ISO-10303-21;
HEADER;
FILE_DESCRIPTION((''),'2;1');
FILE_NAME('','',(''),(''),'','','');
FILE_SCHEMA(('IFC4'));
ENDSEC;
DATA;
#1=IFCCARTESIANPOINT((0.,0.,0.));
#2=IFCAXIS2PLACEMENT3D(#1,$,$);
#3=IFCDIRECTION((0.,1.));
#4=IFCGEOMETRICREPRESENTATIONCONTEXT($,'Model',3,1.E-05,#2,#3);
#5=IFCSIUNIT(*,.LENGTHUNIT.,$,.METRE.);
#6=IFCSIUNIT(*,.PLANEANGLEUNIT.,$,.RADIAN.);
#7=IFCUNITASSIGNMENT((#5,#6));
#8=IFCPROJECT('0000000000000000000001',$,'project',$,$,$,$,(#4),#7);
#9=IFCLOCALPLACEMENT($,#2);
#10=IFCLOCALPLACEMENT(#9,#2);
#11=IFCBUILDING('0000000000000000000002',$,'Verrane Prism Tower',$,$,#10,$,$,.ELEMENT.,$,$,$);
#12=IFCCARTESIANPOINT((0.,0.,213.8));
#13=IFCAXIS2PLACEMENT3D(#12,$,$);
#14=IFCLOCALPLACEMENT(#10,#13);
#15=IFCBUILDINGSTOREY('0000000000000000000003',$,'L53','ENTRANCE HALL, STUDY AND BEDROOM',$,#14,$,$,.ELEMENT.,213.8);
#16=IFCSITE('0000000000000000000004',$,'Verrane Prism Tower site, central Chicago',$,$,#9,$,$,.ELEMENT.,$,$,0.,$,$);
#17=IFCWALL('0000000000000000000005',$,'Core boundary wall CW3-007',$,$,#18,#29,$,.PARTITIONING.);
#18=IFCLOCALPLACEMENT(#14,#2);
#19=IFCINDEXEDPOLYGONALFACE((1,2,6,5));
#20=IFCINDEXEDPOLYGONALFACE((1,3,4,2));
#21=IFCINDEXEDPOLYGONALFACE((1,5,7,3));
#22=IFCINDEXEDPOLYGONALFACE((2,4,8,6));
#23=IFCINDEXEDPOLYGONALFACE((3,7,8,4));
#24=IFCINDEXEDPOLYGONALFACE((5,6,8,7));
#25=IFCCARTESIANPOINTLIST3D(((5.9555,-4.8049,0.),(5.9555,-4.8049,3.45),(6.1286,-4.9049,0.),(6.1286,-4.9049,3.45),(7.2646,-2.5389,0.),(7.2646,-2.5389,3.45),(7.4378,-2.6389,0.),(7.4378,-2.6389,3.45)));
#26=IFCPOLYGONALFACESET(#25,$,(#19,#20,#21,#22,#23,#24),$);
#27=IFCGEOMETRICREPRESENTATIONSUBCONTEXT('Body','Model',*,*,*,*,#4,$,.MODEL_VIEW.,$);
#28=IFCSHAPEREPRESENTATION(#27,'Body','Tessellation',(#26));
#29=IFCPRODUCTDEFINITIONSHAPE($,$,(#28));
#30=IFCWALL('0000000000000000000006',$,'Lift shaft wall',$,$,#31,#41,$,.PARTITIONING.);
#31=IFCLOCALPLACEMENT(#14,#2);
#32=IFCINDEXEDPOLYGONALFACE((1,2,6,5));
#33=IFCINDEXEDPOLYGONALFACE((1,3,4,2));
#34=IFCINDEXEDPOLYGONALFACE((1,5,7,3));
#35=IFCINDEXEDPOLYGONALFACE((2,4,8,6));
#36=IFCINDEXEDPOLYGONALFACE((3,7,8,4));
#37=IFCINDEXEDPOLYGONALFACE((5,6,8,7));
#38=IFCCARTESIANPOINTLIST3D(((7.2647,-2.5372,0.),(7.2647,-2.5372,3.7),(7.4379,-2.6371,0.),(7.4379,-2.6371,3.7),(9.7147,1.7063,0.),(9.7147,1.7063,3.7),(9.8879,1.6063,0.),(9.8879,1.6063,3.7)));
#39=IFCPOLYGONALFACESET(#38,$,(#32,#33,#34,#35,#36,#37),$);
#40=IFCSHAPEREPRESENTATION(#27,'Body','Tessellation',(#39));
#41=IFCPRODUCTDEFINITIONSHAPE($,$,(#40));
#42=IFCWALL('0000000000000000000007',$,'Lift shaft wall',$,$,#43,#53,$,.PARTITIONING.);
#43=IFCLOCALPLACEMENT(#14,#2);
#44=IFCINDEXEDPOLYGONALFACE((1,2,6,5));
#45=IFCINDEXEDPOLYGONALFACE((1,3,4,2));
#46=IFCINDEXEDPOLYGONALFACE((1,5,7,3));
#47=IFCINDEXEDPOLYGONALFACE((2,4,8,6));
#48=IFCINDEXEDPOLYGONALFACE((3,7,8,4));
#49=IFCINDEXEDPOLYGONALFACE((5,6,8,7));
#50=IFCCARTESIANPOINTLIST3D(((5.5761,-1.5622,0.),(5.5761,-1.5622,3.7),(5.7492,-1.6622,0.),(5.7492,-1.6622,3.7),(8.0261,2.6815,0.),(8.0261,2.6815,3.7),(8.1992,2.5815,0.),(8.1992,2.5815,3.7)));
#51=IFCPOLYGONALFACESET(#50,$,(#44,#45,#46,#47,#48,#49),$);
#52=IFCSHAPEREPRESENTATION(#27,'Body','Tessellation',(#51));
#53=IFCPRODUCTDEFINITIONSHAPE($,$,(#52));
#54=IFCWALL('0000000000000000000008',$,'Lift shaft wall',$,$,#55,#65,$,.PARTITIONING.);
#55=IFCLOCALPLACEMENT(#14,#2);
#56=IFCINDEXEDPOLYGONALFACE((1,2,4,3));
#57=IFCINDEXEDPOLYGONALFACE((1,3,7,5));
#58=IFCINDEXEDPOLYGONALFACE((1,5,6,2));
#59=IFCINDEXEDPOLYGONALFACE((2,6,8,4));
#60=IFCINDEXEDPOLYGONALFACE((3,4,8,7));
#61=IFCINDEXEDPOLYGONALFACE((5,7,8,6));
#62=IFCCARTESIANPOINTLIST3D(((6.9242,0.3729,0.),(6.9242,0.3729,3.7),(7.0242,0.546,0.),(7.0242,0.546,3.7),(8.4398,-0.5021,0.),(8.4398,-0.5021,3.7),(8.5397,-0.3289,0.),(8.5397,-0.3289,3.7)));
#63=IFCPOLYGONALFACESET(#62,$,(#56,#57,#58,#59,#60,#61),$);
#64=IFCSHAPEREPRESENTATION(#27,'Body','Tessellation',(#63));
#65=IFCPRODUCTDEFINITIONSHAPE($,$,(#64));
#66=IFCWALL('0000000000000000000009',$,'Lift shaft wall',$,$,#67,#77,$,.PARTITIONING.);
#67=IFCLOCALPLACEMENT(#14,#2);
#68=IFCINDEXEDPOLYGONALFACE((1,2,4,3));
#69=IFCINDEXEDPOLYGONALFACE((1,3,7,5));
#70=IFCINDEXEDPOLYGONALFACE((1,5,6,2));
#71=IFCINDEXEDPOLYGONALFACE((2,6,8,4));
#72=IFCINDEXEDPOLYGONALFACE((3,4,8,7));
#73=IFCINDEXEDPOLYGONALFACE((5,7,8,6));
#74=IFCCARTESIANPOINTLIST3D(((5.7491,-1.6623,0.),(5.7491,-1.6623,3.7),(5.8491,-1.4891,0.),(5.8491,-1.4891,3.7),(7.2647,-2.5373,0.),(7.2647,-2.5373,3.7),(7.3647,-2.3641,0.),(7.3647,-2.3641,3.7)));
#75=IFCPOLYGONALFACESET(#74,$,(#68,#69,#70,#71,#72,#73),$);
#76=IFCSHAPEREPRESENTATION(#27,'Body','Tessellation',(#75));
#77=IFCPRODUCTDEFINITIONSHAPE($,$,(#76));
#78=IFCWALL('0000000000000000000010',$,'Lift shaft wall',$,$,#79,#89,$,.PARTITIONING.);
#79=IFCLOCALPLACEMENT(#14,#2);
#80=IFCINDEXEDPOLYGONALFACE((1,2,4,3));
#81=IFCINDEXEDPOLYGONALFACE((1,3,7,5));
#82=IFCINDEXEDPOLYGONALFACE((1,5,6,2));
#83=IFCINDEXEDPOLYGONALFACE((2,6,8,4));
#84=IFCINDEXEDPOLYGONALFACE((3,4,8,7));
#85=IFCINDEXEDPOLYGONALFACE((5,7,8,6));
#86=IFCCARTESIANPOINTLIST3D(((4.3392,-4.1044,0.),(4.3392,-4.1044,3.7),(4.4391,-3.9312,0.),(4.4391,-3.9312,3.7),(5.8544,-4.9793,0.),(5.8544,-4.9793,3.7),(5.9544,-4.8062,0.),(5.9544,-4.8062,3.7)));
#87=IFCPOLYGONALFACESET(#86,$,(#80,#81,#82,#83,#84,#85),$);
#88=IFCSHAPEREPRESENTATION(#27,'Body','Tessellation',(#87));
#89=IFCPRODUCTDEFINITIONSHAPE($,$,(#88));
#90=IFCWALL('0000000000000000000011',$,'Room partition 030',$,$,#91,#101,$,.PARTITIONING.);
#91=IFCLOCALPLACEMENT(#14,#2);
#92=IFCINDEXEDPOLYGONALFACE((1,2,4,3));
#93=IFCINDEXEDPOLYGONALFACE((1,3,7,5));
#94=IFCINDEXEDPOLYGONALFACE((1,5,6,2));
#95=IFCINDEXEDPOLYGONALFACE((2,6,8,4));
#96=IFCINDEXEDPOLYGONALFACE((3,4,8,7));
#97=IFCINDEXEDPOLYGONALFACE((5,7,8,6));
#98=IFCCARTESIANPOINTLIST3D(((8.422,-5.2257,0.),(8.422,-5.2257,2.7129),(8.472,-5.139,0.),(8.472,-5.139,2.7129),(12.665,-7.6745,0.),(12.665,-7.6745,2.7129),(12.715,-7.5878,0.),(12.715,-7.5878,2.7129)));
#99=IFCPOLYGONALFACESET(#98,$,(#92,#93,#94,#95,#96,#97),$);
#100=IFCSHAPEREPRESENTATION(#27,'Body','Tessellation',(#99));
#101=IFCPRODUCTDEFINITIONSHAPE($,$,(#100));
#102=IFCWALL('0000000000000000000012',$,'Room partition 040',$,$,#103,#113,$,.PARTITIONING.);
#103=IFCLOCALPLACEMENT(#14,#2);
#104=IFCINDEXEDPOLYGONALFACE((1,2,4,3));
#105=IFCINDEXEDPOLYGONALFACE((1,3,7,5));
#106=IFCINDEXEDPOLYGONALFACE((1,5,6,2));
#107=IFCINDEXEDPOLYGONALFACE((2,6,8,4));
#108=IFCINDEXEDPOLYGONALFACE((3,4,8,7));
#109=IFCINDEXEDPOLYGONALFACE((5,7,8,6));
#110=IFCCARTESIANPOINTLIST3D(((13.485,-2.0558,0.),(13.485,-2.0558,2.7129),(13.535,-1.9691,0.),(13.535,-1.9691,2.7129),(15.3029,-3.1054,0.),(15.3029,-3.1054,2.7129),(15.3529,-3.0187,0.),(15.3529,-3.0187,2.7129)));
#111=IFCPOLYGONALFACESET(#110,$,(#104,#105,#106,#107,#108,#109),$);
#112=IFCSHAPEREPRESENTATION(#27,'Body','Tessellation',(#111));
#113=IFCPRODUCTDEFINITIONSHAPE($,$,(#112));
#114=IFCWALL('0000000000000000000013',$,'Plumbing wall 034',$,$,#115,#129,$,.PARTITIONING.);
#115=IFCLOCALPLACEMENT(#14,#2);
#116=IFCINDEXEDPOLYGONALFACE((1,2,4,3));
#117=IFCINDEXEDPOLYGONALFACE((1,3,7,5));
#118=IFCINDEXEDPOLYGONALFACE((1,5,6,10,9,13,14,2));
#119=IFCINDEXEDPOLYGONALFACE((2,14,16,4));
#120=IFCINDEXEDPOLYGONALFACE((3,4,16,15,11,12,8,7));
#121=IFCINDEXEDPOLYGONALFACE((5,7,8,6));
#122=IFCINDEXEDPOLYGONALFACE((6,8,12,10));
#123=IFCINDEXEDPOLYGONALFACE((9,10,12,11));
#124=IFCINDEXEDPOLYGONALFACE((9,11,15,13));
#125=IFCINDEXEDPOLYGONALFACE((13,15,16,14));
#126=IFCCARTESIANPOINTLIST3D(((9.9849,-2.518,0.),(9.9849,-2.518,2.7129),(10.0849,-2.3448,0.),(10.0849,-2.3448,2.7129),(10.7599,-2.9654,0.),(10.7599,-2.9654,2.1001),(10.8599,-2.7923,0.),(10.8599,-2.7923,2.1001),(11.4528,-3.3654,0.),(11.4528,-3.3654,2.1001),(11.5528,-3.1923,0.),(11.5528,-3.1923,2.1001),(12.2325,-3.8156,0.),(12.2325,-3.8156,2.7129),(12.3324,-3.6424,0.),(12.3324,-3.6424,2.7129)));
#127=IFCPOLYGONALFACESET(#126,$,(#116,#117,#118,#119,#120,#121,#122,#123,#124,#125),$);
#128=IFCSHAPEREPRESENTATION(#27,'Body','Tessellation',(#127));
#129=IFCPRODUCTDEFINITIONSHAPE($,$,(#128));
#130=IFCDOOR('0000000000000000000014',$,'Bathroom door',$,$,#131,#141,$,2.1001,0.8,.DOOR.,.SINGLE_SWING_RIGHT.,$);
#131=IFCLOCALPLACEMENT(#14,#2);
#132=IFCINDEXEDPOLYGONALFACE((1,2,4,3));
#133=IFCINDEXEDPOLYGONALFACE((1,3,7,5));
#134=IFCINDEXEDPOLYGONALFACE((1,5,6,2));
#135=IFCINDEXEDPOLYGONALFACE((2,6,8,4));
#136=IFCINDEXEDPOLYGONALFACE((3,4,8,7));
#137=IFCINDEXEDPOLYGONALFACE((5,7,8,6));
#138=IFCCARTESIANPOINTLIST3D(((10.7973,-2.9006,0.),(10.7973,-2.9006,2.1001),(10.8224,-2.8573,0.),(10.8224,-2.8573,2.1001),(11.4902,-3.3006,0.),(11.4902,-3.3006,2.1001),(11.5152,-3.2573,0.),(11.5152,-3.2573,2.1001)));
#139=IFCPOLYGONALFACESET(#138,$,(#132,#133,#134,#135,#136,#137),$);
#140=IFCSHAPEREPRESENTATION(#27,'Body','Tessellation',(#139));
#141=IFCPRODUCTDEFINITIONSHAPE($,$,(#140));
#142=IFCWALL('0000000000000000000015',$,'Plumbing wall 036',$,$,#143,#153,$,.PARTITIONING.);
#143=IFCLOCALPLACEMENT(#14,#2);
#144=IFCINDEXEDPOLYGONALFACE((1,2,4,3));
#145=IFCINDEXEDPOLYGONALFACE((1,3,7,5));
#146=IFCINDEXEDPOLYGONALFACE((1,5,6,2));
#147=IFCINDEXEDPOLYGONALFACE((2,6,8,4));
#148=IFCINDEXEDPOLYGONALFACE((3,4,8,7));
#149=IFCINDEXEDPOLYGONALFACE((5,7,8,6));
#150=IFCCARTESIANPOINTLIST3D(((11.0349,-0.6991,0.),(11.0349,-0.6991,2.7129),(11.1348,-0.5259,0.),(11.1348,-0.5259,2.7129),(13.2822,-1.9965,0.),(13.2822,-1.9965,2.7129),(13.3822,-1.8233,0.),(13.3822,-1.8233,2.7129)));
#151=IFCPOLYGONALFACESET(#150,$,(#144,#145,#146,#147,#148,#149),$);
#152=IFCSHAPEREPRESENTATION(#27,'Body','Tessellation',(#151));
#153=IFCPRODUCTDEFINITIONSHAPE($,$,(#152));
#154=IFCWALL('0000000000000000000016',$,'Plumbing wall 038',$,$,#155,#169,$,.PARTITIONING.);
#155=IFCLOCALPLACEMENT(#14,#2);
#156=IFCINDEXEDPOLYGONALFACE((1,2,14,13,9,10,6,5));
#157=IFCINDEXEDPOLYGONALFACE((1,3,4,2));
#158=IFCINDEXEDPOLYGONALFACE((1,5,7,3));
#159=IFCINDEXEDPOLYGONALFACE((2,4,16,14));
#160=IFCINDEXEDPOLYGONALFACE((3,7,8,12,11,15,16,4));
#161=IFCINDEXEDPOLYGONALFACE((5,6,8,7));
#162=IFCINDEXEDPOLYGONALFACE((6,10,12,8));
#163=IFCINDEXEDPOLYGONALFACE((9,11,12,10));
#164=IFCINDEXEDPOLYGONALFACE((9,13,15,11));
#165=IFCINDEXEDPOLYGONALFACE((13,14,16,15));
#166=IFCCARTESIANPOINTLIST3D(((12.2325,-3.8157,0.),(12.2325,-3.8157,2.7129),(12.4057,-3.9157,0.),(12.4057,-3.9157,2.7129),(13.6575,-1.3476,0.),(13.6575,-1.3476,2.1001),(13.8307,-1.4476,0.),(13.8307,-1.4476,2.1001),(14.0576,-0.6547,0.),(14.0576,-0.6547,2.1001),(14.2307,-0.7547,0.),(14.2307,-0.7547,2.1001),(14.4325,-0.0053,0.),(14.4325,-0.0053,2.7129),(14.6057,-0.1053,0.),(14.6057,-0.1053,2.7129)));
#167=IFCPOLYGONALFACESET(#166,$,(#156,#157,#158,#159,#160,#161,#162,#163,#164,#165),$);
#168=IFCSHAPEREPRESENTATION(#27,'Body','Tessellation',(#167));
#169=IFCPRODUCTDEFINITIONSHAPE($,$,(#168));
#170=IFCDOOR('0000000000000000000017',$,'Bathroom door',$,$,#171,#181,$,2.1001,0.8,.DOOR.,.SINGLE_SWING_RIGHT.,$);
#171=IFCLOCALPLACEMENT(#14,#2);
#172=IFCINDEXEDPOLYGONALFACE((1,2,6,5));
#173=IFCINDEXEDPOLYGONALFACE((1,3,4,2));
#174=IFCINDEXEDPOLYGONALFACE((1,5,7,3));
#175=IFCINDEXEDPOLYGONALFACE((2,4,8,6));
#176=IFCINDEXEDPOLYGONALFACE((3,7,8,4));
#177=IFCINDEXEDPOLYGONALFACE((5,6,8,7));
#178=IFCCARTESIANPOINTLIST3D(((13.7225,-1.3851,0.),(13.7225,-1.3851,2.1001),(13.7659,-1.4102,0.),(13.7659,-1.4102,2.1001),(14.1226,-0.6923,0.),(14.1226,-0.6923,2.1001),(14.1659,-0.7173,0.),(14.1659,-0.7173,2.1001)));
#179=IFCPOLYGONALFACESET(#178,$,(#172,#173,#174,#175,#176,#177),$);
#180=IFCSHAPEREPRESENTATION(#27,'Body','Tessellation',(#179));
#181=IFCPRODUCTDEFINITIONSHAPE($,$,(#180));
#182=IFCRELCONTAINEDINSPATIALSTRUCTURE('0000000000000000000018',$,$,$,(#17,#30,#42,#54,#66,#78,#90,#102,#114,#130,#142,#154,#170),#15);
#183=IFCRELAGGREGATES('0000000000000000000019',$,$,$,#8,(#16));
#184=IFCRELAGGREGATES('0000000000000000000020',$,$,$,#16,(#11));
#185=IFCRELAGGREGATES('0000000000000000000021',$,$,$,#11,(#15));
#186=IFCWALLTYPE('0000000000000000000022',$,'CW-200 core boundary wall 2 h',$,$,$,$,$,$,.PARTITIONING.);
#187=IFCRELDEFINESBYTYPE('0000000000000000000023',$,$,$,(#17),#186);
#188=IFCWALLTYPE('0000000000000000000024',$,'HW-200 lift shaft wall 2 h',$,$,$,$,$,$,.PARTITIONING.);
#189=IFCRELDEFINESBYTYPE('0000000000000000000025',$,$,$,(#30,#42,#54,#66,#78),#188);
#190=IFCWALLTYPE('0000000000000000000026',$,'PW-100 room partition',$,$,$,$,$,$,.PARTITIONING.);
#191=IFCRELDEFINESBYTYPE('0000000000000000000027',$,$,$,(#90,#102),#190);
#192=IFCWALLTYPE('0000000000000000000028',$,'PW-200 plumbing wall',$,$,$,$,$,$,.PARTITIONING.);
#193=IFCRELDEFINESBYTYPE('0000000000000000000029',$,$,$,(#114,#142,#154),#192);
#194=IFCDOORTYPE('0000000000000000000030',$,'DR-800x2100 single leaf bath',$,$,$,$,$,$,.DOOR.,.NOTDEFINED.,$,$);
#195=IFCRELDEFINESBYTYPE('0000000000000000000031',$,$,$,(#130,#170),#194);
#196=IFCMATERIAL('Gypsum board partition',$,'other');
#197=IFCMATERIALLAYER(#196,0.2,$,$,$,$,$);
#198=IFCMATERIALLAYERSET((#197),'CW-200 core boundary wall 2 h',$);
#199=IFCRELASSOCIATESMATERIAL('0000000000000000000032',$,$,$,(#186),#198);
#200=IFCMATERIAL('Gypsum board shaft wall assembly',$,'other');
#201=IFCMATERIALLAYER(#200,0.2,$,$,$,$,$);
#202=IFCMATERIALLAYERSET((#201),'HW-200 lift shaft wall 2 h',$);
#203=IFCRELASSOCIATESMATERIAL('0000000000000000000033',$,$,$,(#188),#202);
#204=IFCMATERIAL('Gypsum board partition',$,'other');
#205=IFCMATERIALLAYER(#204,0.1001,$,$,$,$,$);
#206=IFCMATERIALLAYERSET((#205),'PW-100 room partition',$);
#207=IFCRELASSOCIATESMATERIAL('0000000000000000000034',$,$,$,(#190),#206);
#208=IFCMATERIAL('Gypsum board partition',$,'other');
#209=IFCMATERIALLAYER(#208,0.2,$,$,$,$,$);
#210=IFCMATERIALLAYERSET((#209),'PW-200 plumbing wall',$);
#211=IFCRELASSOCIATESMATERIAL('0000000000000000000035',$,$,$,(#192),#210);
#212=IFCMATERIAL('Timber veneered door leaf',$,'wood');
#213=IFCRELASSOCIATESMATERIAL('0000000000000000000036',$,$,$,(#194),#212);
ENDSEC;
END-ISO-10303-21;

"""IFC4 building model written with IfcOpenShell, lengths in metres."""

from ifc_helpers import new_model, si_unit, direction, frame, frame_2d, origin, place, context, subcontext, project, spatial, rectangle, extrude, material, layer, layer_set, type_object, element, fill, save


model = new_model("IFC4")

# Units and contexts
model_context = context("Model", 3, precision=1e-05, world=origin(), true_north=direction((0.0, 1.0)))
body_context = subcontext(model_context, "Body", "Model", "MODEL_VIEW")
ifc_project = project(units=[si_unit("LENGTHUNIT", "METRE"), si_unit("PLANEANGLEUNIT", "RADIAN")], contexts=[model_context])

# Site, building, storey
site_placement = place(None, origin())
site = spatial("IfcSite", under=ifc_project, at=site_placement, Name="Verrane Prism Tower site, central Chicago", CompositionType="ELEMENT", RefElevation=0.0)
building_placement = place(site_placement, origin())
building = spatial("IfcBuilding", under=site, at=building_placement, Name="Verrane Prism Tower", CompositionType="ELEMENT")
storey_placement = place(building_placement, frame((0.0, 0.0, 213.8)))
storey = spatial("IfcBuildingStorey", under=building, at=storey_placement, Name="L53", Description="ENTRANCE HALL, STUDY AND BEDROOM", CompositionType="ELEMENT", Elevation=213.8)

# Walls
ifc_material_1 = material(Name="Gypsum board partition", Category="other")
ifc_layer_1 = layer(ifc_material_1, 0.2)
ifc_layer_set_1 = layer_set([ifc_layer_1], Name="CW-200 core boundary wall 2 h")
wall_type_1 = type_object("IfcWallType", Name="CW-200 core boundary wall 2 h", PredefinedType="PARTITIONING", material=ifc_layer_set_1)
wall_1_placement = place(storey_placement, frame((6.042, -4.855, 0.0), z_axis=(0.0, 0.0, 1.0), x_axis=(0.500253, 0.865879, 0.0)))
element("IfcWall", 1, at=wall_1_placement, inside=storey, type_object=wall_type_1, Name="Core boundary wall CW3-007", PredefinedType="PARTITIONING", context=body_context, shape_type="SweptSolid", body=[
    extrude(rectangle(XDim=2.6169, YDim=0.2, at=frame_2d((1.3086, 0.0))), origin(), (0.0, 0.0, 1.0), 3.45),
])
ifc_material_2 = material(Name="Gypsum board shaft wall assembly", Category="other")
ifc_layer_2 = layer(ifc_material_2, 0.2)
ifc_layer_set_2 = layer_set([ifc_layer_2], Name="HW-200 lift shaft wall 2 h")
wall_type_2 = type_object("IfcWallType", Name="HW-200 lift shaft wall 2 h", PredefinedType="PARTITIONING", material=ifc_layer_set_2)
wall_2_placement = place(storey_placement, frame((7.3513, -2.5872, 0.0), z_axis=(0.0, 0.0, 1.0), x_axis=(0.500003, 0.866024, 0.0)))
element("IfcWall", 2, at=wall_2_placement, inside=storey, type_object=wall_type_2, Name="Lift shaft wall", PredefinedType="PARTITIONING", context=body_context, shape_type="SweptSolid", body=[
    extrude(rectangle(XDim=4.8999, YDim=0.2, at=frame_2d((2.45, 0.0))), origin(), (0.0, 0.0, 1.0), 3.7),
])
wall_3_placement = place(storey_placement, frame((5.6626, -1.6123, 0.0), z_axis=(0.0, 0.0, 1.0), x_axis=(0.499981, 0.866036, 0.0)))
element("IfcWall", 3, at=wall_3_placement, inside=storey, type_object=wall_type_2, Name="Lift shaft wall", PredefinedType="PARTITIONING", context=body_context, shape_type="SweptSolid", body=[
    extrude(rectangle(XDim=4.9001, YDim=0.2, at=frame_2d((2.4502, 0.0))), origin(), (0.0, 0.0, 1.0), 3.7),
])
for number, where, z_axis, x_axis, name in (
    (4, (8.4897, -0.4155, 0.0), (0.0, 0.0, 1.0), (-0.866037, 0.49998, 0.0), "Lift shaft wall"),
    (5, (7.3147, -2.4507, 0.0), (0.0, 0.0, 1.0), (-0.866037, 0.49998, 0.0), "Lift shaft wall"),
):
    element("IfcWall", number, at=place(storey_placement, frame(where, z_axis=z_axis, x_axis=x_axis)), inside=storey, type_object=wall_type_2, Name=name, PredefinedType="PARTITIONING", context=body_context, shape_type="SweptSolid", body=[
        extrude(rectangle(XDim=1.75, YDim=0.2, at=frame_2d((0.875, 0.0))), origin(), (0.0, 0.0, 1.0), 3.7),
    ])
wall_4_placement = place(storey_placement, frame((5.9045, -4.8928, 0.0), z_axis=(0.0, 0.0, 1.0), x_axis=(-0.866002, 0.50004, 0.0)))
element("IfcWall", 6, at=wall_4_placement, inside=storey, type_object=wall_type_2, Name="Lift shaft wall", PredefinedType="PARTITIONING", context=body_context, shape_type="SweptSolid", body=[
    extrude(rectangle(XDim=1.7498, YDim=0.2, at=frame_2d((0.875, 0.0))), origin(), (0.0, 0.0, 1.0), 3.7),
])
ifc_material_3 = material(Name="Gypsum board partition", Category="other")
ifc_layer_3 = layer(ifc_material_3, 0.1001)
ifc_layer_set_3 = layer_set([ifc_layer_3], Name="PW-100 room partition")
wall_type_3 = type_object("IfcWallType", Name="PW-100 room partition", PredefinedType="PARTITIONING", material=ifc_layer_set_3)
wall_5_placement = place(storey_placement, frame((8.447, -5.1824, 0.0), z_axis=(0.0, 0.0, 1.0), x_axis=(0.866107, -0.499859, 0.0)))
element("IfcWall", 7, at=wall_5_placement, inside=storey, type_object=wall_type_3, Name="Room partition 030", PredefinedType="PARTITIONING", context=body_context, shape_type="SweptSolid", body=[
    extrude(rectangle(XDim=4.8989, YDim=0.1001, at=frame_2d((2.4495, 0.0))), origin(), (0.0, 0.0, 1.0), 2.7129),
])
wall_6_placement = place(storey_placement, frame((13.51, -2.0125, 0.0), z_axis=(0.0, 0.0, 1.0), x_axis=(0.866023, -0.500004, 0.0)))
element("IfcWall", 8, at=wall_6_placement, inside=storey, type_object=wall_type_3, Name="Room partition 040", PredefinedType="PARTITIONING", context=body_context, shape_type="SweptSolid", body=[
    extrude(rectangle(XDim=2.0991, YDim=0.1001, at=frame_2d((1.0496, 0.0))), origin(), (0.0, 0.0, 1.0), 2.7129),
])

# Wall, opening, door
ifc_material_4 = material(Name="Gypsum board partition", Category="other")
ifc_layer_4 = layer(ifc_material_4, 0.2)
ifc_layer_set_4 = layer_set([ifc_layer_4], Name="PW-200 plumbing wall")
wall_type_4 = type_object("IfcWallType", Name="PW-200 plumbing wall", PredefinedType="PARTITIONING", material=ifc_layer_set_4)
wall_7_placement = place(storey_placement, frame((10.0349, -2.4314, 0.0), z_axis=(0.0, 0.0, 1.0), x_axis=(0.866029, -0.499994, 0.0)))
wall_7 = element("IfcWall", 9, at=wall_7_placement, inside=storey, type_object=wall_type_4, Name="Plumbing wall 034", PredefinedType="PARTITIONING", context=body_context, shape_type="SweptSolid", body=[
    extrude(rectangle(XDim=2.5952, YDim=0.2, at=frame_2d((1.2976, 0.0))), origin(), (0.0, 0.0, 1.0), 2.7129),
])
opening_1_placement = place(wall_7_placement, frame((0.895, 0.0, 0.0)))
opening_1 = element("IfcOpeningElement", 10, at=opening_1_placement, cuts=wall_7, PredefinedType="OPENING", context=body_context, shape_type="SweptSolid", body=[
    extrude(rectangle(XDim=0.8, YDim=2.1001, at=frame_2d((0.3999, 1.05))), frame((0.0, 0.1099, 0.0), z_axis=(0.0, -1.0, 0.0), x_axis=(1.0, 0.0, 0.0)), (0.0, 0.0, 1.0), 0.22),
])
ifc_material_5 = material(Name="Timber veneered door leaf", Category="wood")
door_type = type_object("IfcDoorType", Name="DR-800x2100 single leaf bath", OperationType="NOTDEFINED", PredefinedType="DOOR", material=ifc_material_5)
door_1_placement = place(opening_1_placement, origin())
door_1 = element("IfcDoor", 11, at=door_1_placement, inside=storey, type_object=door_type, Name="Bathroom door", OperationType="SINGLE_SWING_RIGHT", OverallHeight=2.1001, OverallWidth=0.8, PredefinedType="DOOR", context=body_context, shape_type="SweptSolid", body=[
    extrude(rectangle(XDim=0.8, YDim=2.1001, at=frame_2d((0.3999, 1.05))), frame((0.0, 0.0249, 0.0), z_axis=(0.0, -1.0, 0.0), x_axis=(1.0, 0.0, 0.0)), (0.0, 0.0, 1.0), 0.05),
])
fill(opening_1, door_1)

# Wall
wall_8_placement = place(storey_placement, frame((11.085, -0.6125, 0.0), z_axis=(0.0, 0.0, 1.0), x_axis=(0.866046, -0.499964, 0.0)))
element("IfcWall", 12, at=wall_8_placement, inside=storey, type_object=wall_type_4, Name="Plumbing wall 036", PredefinedType="PARTITIONING", context=body_context, shape_type="SweptSolid", body=[
    extrude(rectangle(XDim=2.595, YDim=0.2, at=frame_2d((1.2974, 0.0))), origin(), (0.0, 0.0, 1.0), 2.7129),
])

# Wall, opening, door
wall_9_placement = place(storey_placement, frame((12.3191, -3.8657, 0.0), z_axis=(0.0, 0.0, 1.0), x_axis=(0.500012, 0.866018, 0.0)))
wall_9 = element("IfcWall", 13, at=wall_9_placement, inside=storey, type_object=wall_type_4, Name="Plumbing wall 038", PredefinedType="PARTITIONING", context=body_context, shape_type="SweptSolid", body=[
    extrude(rectangle(XDim=4.3999, YDim=0.2, at=frame_2d((2.2, 0.0))), origin(), (0.0, 0.0, 1.0), 2.7129),
])
opening_2_placement = place(wall_9_placement, frame((2.8501, 0.0, 0.0)))
opening_2 = element("IfcOpeningElement", 14, at=opening_2_placement, cuts=wall_9, PredefinedType="OPENING", context=body_context, shape_type="SweptSolid", body=[
    extrude(rectangle(XDim=0.8, YDim=2.1001, at=frame_2d((0.3999, 1.05))), frame((0.0, 0.1099, 0.0), z_axis=(0.0, -1.0, 0.0), x_axis=(1.0, 0.0, 0.0)), (0.0, 0.0, 1.0), 0.22),
])
door_2_placement = place(opening_2_placement, origin())
door_2 = element("IfcDoor", 15, at=door_2_placement, inside=storey, type_object=door_type, Name="Bathroom door", OperationType="SINGLE_SWING_RIGHT", OverallHeight=2.1001, OverallWidth=0.8, PredefinedType="DOOR", context=body_context, shape_type="SweptSolid", body=[
    extrude(rectangle(XDim=0.8, YDim=2.1001, at=frame_2d((0.3999, 1.05))), frame((0.0, 0.0249, 0.0), z_axis=(0.0, -1.0, 0.0), x_axis=(1.0, 0.0, 0.0)), (0.0, 0.0, 1.0), 0.05),
])
fill(opening_2, door_2)

save(model, "model.ifc")
